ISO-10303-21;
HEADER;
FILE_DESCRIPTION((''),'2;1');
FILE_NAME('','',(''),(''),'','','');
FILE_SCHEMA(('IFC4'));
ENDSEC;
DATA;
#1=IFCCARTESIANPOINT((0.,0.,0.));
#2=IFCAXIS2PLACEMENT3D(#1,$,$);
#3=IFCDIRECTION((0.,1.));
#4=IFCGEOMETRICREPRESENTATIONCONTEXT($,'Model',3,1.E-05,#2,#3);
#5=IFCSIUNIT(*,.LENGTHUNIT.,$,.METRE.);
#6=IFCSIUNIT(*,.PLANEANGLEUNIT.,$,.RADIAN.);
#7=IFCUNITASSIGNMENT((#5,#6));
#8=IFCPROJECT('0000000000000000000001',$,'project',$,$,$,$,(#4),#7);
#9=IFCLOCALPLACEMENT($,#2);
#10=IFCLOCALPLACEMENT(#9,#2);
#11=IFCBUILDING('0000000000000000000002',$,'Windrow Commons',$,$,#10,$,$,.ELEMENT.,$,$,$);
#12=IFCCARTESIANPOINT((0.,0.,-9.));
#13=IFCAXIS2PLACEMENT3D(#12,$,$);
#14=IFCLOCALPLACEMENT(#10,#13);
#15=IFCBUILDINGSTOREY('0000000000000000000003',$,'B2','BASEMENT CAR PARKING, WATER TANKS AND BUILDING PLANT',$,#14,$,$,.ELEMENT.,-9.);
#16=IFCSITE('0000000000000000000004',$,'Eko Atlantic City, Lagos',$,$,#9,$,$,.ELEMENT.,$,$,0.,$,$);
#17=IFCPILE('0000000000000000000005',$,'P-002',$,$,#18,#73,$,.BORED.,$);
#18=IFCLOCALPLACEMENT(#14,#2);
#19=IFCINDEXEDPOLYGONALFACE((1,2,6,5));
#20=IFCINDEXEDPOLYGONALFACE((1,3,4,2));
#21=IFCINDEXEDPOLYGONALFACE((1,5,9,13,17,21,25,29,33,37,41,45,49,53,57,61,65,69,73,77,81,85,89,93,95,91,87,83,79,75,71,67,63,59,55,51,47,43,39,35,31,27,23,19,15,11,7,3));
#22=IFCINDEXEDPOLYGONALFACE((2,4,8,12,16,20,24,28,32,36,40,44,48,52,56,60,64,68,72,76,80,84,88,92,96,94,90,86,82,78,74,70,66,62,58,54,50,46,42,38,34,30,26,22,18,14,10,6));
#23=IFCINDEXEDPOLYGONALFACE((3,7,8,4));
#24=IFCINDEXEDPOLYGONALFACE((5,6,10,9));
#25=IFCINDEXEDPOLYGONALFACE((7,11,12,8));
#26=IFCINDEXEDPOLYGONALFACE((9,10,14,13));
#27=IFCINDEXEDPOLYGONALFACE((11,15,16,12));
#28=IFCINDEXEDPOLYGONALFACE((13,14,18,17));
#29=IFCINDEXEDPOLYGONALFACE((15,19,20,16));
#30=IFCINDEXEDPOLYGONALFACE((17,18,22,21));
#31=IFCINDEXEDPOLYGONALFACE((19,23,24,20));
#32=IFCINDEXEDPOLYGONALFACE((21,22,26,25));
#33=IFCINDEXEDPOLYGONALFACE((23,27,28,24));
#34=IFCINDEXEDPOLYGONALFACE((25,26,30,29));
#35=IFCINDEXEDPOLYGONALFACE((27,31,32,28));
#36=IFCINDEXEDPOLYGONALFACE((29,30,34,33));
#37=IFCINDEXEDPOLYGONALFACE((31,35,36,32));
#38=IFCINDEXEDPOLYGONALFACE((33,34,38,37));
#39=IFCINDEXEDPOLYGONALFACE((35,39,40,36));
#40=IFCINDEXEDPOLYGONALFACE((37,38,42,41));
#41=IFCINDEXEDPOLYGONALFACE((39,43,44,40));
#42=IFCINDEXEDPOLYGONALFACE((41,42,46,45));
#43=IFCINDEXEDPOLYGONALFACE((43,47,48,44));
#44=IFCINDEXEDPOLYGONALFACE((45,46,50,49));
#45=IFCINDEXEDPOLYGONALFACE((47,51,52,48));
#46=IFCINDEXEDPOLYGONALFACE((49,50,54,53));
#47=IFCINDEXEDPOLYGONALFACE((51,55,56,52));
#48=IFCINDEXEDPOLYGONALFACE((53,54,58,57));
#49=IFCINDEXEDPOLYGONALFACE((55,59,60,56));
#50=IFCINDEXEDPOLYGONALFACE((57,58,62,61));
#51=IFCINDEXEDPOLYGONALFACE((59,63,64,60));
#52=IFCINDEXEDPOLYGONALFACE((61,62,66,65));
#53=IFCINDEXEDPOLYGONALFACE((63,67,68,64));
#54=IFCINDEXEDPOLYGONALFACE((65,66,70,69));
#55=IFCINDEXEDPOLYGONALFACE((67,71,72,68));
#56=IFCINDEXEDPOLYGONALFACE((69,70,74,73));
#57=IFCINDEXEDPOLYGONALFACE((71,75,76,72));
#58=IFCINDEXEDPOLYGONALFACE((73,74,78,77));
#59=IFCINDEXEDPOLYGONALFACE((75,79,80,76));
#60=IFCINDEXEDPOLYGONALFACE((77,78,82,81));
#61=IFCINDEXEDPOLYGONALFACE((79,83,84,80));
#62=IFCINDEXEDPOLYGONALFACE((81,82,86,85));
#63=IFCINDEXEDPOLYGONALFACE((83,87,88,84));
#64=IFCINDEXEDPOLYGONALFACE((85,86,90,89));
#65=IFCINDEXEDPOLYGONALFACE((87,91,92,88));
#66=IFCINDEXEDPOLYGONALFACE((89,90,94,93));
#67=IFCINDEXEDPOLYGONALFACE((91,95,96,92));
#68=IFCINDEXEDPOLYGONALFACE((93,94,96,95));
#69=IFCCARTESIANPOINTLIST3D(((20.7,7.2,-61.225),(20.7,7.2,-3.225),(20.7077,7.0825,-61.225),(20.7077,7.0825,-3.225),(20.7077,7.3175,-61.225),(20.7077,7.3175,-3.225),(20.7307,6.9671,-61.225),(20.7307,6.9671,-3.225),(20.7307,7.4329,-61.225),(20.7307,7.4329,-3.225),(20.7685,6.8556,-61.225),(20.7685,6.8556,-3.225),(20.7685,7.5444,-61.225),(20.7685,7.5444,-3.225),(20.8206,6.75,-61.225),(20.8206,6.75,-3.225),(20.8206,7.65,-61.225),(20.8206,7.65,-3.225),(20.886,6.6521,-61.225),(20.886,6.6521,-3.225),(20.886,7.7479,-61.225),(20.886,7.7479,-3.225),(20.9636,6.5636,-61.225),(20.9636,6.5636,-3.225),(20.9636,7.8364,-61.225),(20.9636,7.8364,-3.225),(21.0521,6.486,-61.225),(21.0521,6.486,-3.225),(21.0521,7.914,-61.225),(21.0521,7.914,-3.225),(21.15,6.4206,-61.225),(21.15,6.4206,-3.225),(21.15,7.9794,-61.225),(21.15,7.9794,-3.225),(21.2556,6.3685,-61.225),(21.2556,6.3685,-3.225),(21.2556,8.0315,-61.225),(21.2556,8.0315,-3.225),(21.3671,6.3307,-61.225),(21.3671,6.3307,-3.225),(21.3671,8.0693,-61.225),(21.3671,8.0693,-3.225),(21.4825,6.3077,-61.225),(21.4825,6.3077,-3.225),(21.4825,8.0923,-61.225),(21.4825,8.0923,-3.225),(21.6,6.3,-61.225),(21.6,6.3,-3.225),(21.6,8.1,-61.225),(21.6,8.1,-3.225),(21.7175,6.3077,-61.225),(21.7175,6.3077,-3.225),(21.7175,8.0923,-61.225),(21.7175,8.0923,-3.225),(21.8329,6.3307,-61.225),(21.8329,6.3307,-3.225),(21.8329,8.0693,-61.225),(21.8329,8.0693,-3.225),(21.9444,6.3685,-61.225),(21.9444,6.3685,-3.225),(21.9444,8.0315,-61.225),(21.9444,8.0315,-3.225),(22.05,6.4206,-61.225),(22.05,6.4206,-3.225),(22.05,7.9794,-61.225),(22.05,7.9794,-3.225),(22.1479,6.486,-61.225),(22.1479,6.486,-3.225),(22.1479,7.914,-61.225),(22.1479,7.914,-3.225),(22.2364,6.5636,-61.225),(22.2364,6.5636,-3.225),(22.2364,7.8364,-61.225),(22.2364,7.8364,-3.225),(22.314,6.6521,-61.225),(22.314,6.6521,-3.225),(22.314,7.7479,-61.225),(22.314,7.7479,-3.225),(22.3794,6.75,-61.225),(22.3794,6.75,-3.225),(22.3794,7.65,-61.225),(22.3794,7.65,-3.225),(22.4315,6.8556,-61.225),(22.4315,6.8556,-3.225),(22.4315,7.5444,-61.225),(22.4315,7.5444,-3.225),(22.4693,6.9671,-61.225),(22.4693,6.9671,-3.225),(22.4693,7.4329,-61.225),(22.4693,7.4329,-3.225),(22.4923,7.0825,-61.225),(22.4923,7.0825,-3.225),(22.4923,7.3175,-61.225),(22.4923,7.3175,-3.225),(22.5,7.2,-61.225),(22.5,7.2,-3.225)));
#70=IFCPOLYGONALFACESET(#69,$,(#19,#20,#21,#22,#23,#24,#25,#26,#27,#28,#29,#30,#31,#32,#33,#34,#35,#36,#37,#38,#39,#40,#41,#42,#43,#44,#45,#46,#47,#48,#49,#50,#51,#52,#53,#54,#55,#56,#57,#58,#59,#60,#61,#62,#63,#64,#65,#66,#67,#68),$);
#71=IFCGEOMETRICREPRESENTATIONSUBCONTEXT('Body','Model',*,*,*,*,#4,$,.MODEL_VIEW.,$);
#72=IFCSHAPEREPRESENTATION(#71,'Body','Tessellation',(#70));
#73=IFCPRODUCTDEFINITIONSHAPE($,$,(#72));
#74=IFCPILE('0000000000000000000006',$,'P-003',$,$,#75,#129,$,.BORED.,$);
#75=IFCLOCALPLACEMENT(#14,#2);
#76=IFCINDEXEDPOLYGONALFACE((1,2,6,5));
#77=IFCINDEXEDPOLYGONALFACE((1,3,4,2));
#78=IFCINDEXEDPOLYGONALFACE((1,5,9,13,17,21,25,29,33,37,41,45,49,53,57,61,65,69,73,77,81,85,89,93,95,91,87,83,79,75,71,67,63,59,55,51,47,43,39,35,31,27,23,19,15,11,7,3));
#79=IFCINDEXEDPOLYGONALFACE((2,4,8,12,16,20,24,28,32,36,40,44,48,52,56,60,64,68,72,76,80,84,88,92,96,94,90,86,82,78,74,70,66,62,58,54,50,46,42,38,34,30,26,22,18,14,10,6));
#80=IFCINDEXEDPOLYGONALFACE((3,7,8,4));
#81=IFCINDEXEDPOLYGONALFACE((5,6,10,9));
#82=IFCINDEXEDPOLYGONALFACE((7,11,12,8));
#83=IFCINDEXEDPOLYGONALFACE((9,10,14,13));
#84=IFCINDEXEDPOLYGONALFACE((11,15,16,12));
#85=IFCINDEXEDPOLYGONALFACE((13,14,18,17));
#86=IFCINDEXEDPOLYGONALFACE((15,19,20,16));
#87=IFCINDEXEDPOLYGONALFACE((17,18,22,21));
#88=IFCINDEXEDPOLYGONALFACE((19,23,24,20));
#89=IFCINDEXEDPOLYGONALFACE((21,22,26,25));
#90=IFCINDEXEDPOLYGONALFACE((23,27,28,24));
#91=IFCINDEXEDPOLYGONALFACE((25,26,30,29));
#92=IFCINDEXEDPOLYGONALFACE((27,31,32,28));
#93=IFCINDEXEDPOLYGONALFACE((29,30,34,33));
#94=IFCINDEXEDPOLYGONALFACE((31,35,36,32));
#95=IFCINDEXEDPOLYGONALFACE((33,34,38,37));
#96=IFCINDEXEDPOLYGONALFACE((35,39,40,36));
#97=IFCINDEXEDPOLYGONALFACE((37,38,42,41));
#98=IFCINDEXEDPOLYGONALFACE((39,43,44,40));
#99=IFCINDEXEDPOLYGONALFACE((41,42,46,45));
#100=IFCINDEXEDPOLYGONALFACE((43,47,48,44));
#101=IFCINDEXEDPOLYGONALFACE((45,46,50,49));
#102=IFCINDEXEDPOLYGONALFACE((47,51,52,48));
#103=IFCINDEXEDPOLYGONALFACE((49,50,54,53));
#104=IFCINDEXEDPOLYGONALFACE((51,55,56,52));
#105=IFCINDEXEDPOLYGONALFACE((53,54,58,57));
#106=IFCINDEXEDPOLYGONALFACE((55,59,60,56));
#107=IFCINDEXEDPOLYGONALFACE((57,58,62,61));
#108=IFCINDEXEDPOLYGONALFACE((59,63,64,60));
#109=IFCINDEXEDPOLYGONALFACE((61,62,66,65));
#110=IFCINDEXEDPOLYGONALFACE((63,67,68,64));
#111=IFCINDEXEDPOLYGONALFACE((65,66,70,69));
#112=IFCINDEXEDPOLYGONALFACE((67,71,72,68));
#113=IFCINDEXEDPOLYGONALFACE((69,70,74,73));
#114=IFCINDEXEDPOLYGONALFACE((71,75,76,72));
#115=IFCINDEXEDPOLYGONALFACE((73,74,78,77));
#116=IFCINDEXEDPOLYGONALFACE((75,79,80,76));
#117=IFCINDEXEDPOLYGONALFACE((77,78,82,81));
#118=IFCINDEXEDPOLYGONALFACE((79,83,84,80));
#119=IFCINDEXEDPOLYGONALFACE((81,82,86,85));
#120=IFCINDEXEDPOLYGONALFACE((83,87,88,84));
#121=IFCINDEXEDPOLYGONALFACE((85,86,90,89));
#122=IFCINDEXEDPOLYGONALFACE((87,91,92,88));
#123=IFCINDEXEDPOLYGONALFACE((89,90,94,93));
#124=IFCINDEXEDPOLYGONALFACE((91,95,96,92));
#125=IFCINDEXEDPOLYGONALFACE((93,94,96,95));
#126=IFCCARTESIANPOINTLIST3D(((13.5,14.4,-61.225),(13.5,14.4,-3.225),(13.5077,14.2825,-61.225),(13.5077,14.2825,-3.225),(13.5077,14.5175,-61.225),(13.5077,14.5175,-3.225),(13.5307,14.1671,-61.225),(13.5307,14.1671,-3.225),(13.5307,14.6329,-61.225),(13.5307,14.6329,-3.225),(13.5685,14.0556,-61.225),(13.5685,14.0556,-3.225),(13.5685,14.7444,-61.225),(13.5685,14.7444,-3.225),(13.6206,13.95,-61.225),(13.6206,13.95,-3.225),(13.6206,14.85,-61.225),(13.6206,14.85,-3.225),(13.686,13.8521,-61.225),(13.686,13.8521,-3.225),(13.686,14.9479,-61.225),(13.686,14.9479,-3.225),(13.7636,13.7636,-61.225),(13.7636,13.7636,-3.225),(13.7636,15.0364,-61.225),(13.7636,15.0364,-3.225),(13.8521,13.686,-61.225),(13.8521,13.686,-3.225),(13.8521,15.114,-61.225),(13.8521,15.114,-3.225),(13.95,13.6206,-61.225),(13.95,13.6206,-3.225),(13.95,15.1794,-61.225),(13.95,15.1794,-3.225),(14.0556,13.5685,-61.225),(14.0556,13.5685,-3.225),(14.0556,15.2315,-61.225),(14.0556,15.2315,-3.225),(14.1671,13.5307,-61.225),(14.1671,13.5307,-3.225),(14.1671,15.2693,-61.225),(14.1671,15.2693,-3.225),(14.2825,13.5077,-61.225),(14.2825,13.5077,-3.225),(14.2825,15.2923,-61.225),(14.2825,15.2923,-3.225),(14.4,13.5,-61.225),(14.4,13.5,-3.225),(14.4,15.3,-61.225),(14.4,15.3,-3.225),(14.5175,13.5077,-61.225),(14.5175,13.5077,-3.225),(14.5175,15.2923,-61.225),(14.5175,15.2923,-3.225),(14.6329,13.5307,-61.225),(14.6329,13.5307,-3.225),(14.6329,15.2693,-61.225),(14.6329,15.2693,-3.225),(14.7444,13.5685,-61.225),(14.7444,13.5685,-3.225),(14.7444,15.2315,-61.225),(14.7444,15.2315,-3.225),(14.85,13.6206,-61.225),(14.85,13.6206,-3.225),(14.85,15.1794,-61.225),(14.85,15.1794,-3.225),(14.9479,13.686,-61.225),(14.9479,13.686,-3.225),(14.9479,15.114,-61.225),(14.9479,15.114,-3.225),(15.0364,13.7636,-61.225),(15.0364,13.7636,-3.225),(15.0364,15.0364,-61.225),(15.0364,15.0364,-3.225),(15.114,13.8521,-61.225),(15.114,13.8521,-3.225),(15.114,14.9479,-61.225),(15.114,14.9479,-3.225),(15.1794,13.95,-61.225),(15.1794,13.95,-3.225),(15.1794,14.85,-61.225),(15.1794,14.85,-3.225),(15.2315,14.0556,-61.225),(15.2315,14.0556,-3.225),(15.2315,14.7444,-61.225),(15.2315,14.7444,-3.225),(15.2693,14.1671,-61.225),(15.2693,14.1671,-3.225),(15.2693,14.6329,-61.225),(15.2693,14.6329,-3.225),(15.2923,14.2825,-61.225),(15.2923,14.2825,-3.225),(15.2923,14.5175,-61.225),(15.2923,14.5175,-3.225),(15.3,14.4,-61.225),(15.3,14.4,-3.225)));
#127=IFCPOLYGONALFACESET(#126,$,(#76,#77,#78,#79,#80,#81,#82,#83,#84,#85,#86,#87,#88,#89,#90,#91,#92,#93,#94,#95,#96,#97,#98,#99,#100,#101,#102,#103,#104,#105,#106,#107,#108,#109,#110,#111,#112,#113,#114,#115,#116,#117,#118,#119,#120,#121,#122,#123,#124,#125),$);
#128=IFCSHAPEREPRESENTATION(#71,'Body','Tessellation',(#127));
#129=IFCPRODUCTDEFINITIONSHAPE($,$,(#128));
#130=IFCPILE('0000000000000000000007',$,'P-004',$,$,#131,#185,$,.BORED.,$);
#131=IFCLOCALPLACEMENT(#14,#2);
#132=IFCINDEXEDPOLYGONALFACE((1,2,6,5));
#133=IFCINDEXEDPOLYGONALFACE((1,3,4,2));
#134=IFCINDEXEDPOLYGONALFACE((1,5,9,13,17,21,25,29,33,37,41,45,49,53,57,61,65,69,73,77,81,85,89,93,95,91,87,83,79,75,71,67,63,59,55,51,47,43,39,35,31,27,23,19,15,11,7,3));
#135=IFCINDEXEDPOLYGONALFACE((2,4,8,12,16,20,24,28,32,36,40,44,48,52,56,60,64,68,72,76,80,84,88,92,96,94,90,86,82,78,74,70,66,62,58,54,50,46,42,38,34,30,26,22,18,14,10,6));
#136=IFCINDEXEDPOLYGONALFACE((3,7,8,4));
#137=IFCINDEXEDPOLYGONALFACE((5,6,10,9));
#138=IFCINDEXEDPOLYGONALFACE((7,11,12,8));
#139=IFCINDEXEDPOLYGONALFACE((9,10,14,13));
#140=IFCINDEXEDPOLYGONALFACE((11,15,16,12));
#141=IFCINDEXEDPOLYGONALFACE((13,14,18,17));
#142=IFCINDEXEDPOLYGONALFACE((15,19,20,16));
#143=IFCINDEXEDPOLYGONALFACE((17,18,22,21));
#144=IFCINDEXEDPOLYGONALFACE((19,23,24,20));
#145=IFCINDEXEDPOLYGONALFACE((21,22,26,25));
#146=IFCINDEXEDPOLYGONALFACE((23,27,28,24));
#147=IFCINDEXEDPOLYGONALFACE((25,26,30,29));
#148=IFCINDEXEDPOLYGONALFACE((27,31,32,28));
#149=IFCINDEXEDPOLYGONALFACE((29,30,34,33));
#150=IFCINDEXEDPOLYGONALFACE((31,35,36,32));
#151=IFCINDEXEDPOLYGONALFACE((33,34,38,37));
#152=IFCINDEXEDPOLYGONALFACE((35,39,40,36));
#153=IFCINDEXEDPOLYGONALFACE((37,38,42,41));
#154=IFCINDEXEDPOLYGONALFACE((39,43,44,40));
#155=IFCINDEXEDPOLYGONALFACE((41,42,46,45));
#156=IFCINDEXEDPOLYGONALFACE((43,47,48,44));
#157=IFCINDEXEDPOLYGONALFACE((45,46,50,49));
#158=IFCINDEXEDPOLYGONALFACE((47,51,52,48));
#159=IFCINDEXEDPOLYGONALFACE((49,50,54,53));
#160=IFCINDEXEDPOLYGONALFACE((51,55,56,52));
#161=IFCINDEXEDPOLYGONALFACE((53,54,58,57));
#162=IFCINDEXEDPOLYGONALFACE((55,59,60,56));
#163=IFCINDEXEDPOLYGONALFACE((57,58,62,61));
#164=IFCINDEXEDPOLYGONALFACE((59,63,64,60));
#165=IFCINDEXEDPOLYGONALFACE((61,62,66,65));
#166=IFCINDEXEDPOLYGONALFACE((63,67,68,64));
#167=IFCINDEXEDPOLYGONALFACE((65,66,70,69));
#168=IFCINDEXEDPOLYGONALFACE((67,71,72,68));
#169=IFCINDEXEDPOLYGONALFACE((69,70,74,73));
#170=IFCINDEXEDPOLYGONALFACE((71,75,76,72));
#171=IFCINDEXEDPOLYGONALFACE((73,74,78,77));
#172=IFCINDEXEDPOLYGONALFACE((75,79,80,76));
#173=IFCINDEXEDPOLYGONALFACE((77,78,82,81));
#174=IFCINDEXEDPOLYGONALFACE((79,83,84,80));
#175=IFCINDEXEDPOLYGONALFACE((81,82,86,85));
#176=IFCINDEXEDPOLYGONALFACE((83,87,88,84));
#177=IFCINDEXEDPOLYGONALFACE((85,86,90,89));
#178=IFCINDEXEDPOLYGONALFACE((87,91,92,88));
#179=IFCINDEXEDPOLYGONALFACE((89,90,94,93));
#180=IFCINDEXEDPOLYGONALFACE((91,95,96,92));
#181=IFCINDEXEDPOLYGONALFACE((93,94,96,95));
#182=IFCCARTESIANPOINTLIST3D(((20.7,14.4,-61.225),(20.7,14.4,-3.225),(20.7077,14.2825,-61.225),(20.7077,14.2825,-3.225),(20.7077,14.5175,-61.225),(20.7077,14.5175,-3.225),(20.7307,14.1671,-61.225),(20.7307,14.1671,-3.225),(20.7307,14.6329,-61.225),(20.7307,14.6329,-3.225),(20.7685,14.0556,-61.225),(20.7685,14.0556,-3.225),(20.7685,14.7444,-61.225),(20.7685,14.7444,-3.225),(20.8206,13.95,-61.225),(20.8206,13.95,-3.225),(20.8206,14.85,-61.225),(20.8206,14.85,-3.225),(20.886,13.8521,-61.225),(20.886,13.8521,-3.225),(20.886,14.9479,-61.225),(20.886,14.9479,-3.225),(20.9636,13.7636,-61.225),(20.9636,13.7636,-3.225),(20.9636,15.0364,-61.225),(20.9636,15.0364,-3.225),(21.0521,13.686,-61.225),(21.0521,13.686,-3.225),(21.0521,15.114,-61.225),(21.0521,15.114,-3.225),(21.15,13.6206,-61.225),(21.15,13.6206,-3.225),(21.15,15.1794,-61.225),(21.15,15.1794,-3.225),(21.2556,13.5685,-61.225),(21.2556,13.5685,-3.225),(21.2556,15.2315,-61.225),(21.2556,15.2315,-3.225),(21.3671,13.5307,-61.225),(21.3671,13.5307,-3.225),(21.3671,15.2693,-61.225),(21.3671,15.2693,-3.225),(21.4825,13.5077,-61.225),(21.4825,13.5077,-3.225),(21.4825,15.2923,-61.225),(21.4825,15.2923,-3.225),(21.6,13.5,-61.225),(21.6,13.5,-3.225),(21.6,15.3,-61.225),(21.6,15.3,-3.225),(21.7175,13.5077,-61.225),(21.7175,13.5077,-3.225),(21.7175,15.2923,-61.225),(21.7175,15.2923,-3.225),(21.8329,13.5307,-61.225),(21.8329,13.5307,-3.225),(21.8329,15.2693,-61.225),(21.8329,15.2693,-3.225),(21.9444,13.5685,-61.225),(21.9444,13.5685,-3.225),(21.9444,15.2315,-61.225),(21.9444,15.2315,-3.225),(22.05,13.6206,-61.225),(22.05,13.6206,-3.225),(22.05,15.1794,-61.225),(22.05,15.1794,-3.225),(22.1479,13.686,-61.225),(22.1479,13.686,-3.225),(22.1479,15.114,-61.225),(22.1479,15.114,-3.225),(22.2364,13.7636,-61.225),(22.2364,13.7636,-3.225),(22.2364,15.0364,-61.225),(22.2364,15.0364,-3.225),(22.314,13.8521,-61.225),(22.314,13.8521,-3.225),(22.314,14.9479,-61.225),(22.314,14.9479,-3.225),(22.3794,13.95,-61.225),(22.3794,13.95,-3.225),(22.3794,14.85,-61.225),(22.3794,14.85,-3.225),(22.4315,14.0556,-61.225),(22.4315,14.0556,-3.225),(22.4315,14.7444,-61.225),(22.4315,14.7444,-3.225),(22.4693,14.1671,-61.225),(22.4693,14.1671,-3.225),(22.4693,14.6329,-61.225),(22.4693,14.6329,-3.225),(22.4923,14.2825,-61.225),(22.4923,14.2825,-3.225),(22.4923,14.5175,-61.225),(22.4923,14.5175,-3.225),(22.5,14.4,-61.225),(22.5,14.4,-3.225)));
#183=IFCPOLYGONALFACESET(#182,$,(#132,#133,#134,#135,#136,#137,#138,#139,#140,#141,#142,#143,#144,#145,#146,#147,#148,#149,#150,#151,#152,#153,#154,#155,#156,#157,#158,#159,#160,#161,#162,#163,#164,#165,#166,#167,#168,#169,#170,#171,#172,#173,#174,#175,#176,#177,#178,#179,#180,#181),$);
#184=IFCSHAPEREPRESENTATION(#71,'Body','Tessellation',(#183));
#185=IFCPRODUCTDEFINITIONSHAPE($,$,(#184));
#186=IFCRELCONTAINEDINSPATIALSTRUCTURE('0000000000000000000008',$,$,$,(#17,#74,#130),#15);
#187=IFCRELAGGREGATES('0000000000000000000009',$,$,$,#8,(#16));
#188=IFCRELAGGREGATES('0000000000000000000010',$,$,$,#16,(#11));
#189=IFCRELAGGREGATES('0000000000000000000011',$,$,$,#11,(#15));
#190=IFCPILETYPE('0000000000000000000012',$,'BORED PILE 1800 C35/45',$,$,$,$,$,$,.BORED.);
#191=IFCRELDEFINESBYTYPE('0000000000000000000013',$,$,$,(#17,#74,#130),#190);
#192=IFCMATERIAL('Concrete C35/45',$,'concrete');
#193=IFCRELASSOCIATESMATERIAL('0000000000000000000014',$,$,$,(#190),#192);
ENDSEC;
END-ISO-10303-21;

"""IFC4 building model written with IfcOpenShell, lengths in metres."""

from ifc_helpers import new_model, si_unit, direction, frame, origin, origin_2d, place, context, subcontext, project, spatial, circle, extrude, material, material_profile, profile_set, type_object, element, save


model = new_model("IFC4")

# Units and contexts
model_context = context("Model", 3, precision=1e-05, world=origin(), true_north=direction((0.0, 1.0)))
body_context = subcontext(model_context, "Body", "Model", "MODEL_VIEW")
ifc_project = project(units=[si_unit("LENGTHUNIT", "METRE"), si_unit("PLANEANGLEUNIT", "RADIAN")], contexts=[model_context])

# Site, building, storey
site_placement = place(None, origin())
site = spatial("IfcSite", under=ifc_project, at=site_placement, Name="Eko Atlantic City, Lagos", CompositionType="ELEMENT", RefElevation=0.0)
building_placement = place(site_placement, origin())
building = spatial("IfcBuilding", under=site, at=building_placement, Name="Windrow Commons", CompositionType="ELEMENT")
storey_placement = place(building_placement, frame((0.0, 0.0, -9.0)))
storey = spatial("IfcBuildingStorey", under=building, at=storey_placement, Name="B2", Description="BASEMENT CAR PARKING, WATER TANKS AND BUILDING PLANT", CompositionType="ELEMENT", Elevation=-9.0)

# Piles
ifc_material_1 = material(Name="Concrete C35/45", Category="concrete")
ifc_material_profile_1 = material_profile(ifc_material_1, circle(Radius=0.9, at=origin_2d()))
ifc_profile_set_1 = profile_set([ifc_material_profile_1], Name="Concrete C35/45")
pile_type = type_object("IfcPileType", Name="BORED PILE 1800 C35/45", PredefinedType="BORED", material=ifc_profile_set_1)
for number, where, z_axis, x_axis, name in (
    (1, (21.6, 7.2, -3.225), (0.0, 0.0, -1.0), (1.0, 0.0, 0.0), "P-002"),
    (2, (14.4, 14.4, -3.225), (0.0, 0.0, -1.0), (1.0, 0.0, 0.0), "P-003"),
    (3, (21.6, 14.4, -3.225), (0.0, 0.0, -1.0), (1.0, 0.0, 0.0), "P-004"),
):
    element("IfcPile", number, at=place(storey_placement, frame(where, z_axis=z_axis, x_axis=x_axis)), inside=storey, type_object=pile_type, Name=name, PredefinedType="BORED", context=body_context, shape_type="SweptSolid", body=[
        extrude(circle(Radius=0.9, at=origin_2d()), origin(), (0.0, 0.0, 1.0), 58.0),
    ])

save(model, "model.ifc")
